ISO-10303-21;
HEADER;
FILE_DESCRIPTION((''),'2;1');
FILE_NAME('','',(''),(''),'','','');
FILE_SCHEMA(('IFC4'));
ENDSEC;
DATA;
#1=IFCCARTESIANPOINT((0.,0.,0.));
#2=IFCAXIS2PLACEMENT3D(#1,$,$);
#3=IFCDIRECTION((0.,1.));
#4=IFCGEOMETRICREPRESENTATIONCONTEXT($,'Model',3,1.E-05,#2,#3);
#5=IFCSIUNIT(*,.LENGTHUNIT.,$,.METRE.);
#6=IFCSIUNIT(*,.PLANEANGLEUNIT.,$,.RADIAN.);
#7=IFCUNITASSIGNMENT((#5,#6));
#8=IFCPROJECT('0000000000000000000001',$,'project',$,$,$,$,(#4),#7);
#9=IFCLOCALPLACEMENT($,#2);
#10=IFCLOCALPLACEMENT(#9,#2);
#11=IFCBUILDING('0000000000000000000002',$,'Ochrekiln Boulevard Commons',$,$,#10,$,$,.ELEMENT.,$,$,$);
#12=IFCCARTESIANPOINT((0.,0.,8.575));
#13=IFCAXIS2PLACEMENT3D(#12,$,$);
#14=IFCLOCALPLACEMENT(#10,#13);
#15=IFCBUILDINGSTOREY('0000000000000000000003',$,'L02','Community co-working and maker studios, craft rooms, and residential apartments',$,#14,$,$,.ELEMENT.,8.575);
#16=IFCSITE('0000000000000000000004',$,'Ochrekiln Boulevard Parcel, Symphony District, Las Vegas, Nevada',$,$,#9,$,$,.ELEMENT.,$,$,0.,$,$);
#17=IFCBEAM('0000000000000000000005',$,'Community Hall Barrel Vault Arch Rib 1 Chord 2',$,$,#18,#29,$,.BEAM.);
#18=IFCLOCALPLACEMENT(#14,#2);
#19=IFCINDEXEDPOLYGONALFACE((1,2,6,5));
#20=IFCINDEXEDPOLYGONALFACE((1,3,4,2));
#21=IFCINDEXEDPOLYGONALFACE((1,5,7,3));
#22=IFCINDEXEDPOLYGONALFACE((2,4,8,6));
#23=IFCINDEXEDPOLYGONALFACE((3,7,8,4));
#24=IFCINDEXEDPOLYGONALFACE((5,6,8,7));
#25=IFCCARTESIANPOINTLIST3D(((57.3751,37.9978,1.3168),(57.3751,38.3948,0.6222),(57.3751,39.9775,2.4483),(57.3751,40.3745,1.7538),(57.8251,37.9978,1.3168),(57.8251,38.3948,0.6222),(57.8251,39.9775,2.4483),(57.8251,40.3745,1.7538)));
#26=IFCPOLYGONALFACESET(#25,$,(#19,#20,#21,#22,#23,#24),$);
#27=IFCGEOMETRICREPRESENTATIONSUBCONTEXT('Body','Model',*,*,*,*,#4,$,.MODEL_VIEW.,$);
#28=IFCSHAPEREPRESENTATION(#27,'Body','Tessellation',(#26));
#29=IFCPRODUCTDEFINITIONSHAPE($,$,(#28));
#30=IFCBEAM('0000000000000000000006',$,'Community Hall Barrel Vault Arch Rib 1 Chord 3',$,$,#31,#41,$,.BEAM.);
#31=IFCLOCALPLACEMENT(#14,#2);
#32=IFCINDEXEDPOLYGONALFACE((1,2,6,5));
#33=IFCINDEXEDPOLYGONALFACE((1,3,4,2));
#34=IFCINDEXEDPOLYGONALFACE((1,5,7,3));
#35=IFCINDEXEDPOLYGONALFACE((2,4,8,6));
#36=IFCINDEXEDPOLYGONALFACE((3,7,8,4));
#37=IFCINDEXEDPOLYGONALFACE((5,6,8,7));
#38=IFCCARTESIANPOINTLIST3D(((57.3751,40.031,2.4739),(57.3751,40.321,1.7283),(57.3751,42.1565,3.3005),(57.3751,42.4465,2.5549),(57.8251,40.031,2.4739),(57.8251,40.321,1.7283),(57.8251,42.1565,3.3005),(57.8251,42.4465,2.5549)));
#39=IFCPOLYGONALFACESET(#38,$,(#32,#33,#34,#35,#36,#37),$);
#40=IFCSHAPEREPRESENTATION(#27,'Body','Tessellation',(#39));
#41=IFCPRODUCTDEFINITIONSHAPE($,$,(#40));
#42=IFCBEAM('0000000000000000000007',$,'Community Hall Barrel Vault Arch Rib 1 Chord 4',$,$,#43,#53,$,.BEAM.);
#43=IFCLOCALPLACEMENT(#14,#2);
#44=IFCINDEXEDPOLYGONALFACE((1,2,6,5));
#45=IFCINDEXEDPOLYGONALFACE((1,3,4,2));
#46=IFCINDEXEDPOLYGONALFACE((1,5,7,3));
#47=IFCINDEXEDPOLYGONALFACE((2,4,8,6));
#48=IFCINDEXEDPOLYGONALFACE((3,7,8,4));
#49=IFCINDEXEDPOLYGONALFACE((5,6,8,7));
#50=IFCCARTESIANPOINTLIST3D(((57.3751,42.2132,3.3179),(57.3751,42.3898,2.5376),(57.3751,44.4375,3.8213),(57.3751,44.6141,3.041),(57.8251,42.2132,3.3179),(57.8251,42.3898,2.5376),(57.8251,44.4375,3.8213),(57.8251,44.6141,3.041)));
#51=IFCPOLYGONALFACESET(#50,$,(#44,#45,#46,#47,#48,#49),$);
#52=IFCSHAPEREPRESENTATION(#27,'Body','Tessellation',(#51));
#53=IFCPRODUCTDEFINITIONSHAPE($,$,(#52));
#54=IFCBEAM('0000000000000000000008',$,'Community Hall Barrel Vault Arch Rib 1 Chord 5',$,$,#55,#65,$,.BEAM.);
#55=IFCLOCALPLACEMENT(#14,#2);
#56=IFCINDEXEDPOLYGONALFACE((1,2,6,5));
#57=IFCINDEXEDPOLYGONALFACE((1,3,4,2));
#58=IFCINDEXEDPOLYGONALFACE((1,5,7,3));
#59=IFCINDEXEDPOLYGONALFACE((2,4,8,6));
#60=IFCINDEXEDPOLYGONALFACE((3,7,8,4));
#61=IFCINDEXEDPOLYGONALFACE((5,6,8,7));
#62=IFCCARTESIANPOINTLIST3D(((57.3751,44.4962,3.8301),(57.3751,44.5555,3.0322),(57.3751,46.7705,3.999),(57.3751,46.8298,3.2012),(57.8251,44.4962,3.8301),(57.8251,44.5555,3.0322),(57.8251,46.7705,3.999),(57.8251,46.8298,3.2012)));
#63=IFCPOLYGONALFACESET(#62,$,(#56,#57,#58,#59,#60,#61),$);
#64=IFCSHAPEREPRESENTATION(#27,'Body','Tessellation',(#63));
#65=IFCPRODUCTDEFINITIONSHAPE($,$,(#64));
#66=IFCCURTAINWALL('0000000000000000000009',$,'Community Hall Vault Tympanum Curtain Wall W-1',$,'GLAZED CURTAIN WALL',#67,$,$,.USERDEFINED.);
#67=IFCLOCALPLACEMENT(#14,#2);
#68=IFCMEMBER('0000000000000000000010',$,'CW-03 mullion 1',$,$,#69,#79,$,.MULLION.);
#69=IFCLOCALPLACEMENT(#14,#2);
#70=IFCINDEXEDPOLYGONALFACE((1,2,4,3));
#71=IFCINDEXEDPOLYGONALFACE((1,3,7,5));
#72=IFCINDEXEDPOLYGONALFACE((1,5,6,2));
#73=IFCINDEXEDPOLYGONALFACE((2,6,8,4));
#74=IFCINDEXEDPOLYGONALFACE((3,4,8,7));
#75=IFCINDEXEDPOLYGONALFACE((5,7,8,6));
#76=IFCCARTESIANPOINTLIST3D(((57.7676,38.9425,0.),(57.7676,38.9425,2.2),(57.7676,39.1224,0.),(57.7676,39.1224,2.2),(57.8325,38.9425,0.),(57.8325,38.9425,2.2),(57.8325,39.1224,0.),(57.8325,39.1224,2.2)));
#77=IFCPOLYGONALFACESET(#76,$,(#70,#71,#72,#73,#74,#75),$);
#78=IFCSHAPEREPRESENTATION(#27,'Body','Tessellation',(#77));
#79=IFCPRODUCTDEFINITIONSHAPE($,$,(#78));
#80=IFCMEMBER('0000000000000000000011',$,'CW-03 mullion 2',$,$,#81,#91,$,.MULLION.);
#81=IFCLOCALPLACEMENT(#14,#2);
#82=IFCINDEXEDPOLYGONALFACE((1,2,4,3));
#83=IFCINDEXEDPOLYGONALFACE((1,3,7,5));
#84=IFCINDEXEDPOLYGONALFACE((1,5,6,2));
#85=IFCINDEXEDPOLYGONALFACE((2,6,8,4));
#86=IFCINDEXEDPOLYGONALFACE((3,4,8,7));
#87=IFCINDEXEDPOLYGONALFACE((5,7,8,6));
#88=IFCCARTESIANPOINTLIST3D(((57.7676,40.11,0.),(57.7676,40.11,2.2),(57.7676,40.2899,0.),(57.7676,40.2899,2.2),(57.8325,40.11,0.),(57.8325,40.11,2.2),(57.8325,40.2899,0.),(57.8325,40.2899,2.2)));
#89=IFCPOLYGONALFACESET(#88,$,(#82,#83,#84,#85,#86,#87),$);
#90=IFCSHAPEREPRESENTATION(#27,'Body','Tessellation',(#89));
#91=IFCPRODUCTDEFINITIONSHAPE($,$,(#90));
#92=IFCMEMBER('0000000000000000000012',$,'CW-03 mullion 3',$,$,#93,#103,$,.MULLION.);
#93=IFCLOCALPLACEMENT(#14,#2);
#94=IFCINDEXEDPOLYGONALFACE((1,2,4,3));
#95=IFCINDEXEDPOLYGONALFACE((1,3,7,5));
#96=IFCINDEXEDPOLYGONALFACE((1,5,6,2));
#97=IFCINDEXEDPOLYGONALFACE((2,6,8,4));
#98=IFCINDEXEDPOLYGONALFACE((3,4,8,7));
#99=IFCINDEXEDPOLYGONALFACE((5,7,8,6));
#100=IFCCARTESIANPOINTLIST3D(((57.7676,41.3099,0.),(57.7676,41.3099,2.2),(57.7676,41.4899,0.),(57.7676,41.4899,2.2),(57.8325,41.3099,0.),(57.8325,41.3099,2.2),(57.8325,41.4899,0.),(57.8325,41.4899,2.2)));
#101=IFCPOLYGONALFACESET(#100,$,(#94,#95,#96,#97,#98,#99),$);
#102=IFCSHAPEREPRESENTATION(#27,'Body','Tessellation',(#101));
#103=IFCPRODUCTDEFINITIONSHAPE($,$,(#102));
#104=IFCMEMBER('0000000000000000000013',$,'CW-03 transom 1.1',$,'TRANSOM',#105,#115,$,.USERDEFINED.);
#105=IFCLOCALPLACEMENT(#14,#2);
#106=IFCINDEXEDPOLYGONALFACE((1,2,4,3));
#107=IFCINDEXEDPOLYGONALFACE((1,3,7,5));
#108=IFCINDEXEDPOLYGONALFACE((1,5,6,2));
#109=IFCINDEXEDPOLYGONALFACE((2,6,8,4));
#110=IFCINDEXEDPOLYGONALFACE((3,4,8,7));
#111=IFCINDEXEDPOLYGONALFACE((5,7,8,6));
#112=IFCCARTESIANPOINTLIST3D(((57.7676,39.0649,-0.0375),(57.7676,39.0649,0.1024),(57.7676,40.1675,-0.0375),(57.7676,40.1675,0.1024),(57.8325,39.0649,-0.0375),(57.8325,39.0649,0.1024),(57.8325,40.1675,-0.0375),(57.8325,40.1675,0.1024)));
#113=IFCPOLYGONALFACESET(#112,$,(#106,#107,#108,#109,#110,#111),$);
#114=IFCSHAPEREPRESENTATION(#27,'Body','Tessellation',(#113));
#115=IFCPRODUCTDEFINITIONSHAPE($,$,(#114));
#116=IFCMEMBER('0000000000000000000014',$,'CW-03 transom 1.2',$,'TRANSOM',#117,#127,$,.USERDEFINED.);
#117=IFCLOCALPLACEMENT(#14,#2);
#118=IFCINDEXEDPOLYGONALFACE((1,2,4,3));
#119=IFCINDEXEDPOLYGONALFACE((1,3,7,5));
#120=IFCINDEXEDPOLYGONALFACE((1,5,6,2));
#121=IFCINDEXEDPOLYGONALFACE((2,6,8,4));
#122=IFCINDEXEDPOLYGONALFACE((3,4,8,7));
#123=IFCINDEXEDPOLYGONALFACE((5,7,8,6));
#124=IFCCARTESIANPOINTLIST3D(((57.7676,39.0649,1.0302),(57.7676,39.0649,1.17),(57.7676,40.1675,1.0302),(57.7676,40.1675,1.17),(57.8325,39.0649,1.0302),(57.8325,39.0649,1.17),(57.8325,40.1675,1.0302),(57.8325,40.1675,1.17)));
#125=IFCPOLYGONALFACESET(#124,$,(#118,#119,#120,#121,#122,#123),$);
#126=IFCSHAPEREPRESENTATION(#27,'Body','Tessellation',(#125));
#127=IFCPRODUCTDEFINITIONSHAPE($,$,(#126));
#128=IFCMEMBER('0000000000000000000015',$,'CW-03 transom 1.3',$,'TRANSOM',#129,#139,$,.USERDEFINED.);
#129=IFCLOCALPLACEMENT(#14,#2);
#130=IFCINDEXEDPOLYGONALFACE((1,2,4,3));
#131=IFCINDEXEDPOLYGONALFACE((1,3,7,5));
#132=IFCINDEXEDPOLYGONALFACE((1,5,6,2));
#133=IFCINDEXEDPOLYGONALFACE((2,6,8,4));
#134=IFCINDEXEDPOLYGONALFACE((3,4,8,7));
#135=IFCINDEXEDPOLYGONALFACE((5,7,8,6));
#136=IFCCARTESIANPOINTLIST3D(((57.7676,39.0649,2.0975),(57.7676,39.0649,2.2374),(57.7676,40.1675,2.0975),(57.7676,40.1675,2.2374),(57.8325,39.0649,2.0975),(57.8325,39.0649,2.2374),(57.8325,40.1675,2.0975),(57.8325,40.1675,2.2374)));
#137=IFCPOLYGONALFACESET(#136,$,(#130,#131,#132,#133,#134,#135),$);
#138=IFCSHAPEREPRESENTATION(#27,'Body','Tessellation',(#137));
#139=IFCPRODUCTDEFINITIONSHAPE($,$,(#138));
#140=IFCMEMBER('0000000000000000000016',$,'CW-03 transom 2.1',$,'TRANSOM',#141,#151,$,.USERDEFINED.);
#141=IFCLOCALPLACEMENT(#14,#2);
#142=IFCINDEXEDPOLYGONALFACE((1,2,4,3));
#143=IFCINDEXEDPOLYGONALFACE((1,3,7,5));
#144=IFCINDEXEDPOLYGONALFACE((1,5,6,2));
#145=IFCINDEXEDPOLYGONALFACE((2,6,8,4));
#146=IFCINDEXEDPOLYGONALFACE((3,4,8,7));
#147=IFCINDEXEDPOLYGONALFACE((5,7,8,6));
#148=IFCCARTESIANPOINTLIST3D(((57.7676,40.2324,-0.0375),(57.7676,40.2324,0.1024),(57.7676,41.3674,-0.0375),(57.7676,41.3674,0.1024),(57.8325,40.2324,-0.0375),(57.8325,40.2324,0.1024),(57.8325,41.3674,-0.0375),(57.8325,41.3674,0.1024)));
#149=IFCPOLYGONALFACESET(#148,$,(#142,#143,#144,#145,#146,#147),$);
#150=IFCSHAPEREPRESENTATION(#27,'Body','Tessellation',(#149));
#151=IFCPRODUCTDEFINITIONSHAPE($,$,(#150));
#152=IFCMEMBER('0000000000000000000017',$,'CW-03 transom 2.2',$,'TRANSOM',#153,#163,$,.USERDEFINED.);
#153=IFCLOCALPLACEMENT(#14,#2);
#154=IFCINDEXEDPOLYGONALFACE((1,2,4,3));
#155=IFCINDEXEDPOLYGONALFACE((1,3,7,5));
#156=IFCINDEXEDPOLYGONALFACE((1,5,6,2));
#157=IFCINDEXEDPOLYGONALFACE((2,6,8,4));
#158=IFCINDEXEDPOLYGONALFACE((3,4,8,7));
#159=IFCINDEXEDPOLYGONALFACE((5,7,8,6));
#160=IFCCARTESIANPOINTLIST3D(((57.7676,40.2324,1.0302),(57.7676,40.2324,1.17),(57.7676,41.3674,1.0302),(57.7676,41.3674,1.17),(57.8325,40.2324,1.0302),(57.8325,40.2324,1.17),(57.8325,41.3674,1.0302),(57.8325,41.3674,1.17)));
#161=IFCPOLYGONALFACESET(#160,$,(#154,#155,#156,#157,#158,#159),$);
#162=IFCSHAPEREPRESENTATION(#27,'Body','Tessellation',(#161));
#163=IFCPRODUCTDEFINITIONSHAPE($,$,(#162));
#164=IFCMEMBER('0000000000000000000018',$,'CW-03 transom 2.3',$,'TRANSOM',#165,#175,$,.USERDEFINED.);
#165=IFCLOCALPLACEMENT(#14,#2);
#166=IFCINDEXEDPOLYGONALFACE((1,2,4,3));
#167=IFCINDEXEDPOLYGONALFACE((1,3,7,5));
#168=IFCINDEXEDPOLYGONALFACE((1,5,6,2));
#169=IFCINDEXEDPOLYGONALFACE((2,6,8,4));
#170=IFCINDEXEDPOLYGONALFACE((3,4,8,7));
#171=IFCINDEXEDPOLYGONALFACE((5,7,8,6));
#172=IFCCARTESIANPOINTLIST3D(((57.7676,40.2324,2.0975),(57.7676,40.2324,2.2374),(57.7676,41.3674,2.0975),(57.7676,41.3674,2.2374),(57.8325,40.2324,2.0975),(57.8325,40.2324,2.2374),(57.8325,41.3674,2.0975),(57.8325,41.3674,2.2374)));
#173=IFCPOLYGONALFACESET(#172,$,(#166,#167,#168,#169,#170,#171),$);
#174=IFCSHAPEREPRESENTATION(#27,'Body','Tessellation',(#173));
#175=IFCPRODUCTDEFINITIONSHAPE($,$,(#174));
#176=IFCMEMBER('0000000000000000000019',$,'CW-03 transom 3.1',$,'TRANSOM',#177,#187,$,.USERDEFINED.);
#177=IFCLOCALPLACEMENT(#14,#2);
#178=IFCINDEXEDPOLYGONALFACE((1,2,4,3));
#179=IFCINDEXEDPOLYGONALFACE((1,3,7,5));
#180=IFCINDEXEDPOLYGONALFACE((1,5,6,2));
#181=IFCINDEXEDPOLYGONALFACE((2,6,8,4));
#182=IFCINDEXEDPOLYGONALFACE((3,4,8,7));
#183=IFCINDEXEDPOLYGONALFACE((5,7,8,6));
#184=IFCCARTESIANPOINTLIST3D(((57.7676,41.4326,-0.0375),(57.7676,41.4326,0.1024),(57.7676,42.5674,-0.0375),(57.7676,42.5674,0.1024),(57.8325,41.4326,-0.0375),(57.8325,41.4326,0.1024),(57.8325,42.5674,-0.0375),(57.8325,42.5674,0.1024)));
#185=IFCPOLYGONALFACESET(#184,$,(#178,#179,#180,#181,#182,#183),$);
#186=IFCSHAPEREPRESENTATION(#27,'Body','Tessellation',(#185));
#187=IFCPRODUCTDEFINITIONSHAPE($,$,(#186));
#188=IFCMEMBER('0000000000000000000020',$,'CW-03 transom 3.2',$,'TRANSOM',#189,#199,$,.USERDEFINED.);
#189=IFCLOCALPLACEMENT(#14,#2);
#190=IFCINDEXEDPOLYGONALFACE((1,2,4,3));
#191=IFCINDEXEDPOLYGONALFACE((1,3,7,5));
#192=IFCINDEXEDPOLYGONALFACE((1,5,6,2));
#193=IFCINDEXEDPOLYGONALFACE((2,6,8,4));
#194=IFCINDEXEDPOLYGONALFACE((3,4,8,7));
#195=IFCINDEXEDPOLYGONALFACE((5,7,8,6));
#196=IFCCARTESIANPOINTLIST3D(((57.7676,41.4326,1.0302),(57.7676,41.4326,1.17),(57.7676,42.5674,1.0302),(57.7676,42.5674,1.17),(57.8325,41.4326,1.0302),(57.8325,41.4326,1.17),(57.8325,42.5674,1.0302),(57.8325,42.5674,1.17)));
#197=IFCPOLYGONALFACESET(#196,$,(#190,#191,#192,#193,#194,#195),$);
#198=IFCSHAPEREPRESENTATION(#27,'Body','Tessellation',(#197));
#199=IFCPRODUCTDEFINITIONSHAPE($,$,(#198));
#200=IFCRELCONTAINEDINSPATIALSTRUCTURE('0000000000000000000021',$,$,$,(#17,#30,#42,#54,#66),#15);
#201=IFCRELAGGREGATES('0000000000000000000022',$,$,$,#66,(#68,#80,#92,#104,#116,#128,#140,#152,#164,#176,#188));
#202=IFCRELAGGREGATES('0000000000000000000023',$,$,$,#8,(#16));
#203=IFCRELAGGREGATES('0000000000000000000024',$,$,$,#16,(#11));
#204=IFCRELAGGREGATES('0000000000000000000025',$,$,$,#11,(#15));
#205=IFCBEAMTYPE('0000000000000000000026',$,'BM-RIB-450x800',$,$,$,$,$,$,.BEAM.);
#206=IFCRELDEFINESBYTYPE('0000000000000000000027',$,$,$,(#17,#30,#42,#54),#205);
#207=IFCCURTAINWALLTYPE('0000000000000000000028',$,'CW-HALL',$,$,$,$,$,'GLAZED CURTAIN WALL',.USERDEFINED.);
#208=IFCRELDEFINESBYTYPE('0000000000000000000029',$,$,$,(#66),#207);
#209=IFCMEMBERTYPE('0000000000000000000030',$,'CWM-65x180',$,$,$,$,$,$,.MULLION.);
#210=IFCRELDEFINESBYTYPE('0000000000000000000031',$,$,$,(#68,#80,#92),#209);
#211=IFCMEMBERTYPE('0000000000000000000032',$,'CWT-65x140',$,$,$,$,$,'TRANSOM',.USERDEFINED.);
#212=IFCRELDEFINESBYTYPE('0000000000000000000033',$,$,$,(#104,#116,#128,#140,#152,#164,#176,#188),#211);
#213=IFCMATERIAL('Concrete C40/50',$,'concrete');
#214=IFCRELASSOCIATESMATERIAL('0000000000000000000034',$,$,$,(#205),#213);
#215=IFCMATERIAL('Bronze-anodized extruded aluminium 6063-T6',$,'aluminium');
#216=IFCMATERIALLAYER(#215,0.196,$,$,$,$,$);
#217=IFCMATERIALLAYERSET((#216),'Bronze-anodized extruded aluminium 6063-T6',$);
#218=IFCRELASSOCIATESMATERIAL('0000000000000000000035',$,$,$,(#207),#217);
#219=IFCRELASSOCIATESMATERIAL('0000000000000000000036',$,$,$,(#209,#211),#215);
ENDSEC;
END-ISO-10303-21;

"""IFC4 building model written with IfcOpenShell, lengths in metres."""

from ifc_helpers import new_model, si_unit, direction, frame, origin, origin_2d, place, context, subcontext, project, spatial, rectangle, extrude, material, layer, layer_set, material_profile, profile_set, type_object, element, aggregate, save


model = new_model("IFC4")

# Units and contexts
model_context = context("Model", 3, precision=1e-05, world=origin(), true_north=direction((0.0, 1.0)))
body_context = subcontext(model_context, "Body", "Model", "MODEL_VIEW")
ifc_project = project(units=[si_unit("LENGTHUNIT", "METRE"), si_unit("PLANEANGLEUNIT", "RADIAN")], contexts=[model_context])

# Site, building, storey
site_placement = place(None, origin())
site = spatial("IfcSite", under=ifc_project, at=site_placement, Name="Ochrekiln Boulevard Parcel, Symphony District, Las Vegas, Nevada", CompositionType="ELEMENT", RefElevation=0.0)
building_placement = place(site_placement, origin())
building = spatial("IfcBuilding", under=site, at=building_placement, Name="Ochrekiln Boulevard Commons", CompositionType="ELEMENT")
storey_placement = place(building_placement, frame((0.0, 0.0, 8.575)))
storey = spatial("IfcBuildingStorey", under=building, at=storey_placement, Name="L02", Description="Community co-working and maker studios, craft rooms, and residential apartments", CompositionType="ELEMENT", Elevation=8.575)

# Beams
ifc_material_1 = material(Name="Concrete C40/50", Category="concrete")
ifc_material_profile_1 = material_profile(ifc_material_1, rectangle(XDim=0.45, YDim=0.8, at=origin_2d()), Name="RC-RIB-450x800")
ifc_profile_set_1 = profile_set([ifc_material_profile_1], Name="Concrete C40/50")
beam_type = type_object("IfcBeamType", Name="BM-RIB-450x800", PredefinedType="BEAM", material=ifc_profile_set_1)
beam_placement = place(storey_placement, frame((57.6001, 38.1963, 0.9695), z_axis=(0.0, 0.868184, 0.496243), x_axis=(-1.0, 0.0, 0.0)))
element("IfcBeam", 1, at=beam_placement, inside=storey, type_object=beam_type, Name="Community Hall Barrel Vault Arch Rib 1 Chord 2", PredefinedType="BEAM", context=body_context, shape_type="SweptSolid", body=[
    extrude(rectangle(XDim=0.45, YDim=0.8, at=origin_2d()), origin(), (0.0, 0.0, 1.0), 2.2803),
])
for number, where, z_axis, x_axis, name in (
    (2, (57.6001, 40.176, 2.1011), (0.0, 0.931993, 0.362477), (-1.0, 0.0, 0.0), "Community Hall Barrel Vault Arch Rib 1 Chord 3"),
    (3, (57.6001, 42.3015, 2.9277), (0.0, 0.975333, 0.220737), (-1.0, 0.0, 0.0), "Community Hall Barrel Vault Arch Rib 1 Chord 4"),
    (4, (57.6001, 44.5259, 3.4312), (0.0, 0.997252, 0.074085), (-1.0, 0.0, 0.0), "Community Hall Barrel Vault Arch Rib 1 Chord 5"),
):
    element("IfcBeam", number, at=place(storey_placement, frame(where, z_axis=z_axis, x_axis=x_axis)), inside=storey, type_object=beam_type, Name=name, PredefinedType="BEAM", context=body_context, shape_type="SweptSolid", body=[
        extrude(rectangle(XDim=0.45, YDim=0.8, at=origin_2d()), origin(), (0.0, 0.0, 1.0), 2.2805),
    ])

# Curtain wall, members
ifc_material_2 = material(Name="Bronze-anodized extruded aluminium 6063-T6", Category="aluminium")
ifc_layer_1 = layer(ifc_material_2, 0.196)
ifc_layer_set_1 = layer_set([ifc_layer_1], Name="Bronze-anodized extruded aluminium 6063-T6")
curtain_wall_type = type_object("IfcCurtainWallType", Name="CW-HALL", ElementType="GLAZED CURTAIN WALL", PredefinedType="USERDEFINED", material=ifc_layer_set_1)
curtain_wall_placement = place(storey_placement, origin())
curtain_wall = element("IfcCurtainWall", 5, at=curtain_wall_placement, inside=storey, type_object=curtain_wall_type, Name="Community Hall Vault Tympanum Curtain Wall W-1", ObjectType="GLAZED CURTAIN WALL", PredefinedType="USERDEFINED")
ifc_material_profile_2 = material_profile(ifc_material_2, rectangle(XDim=0.0649, YDim=0.1799, at=origin_2d()), Name="ALU-MUL-65x180")
ifc_profile_set_2 = profile_set([ifc_material_profile_2], Name="Bronze-anodized extruded aluminium 6063-T6")
member_type_1 = type_object("IfcMemberType", Name="CWM-65x180", PredefinedType="MULLION", material=ifc_profile_set_2)
member_1_placement = place(storey_placement, frame((57.8, 39.0325, 0.0), z_axis=(0.0, 0.0, 1.0), x_axis=(-1.0, 0.0, 0.0)))
member_1 = element("IfcMember", 6, at=member_1_placement, type_object=member_type_1, Name="CW-03 mullion 1", PredefinedType="MULLION", context=body_context, shape_type="SweptSolid", body=[
    extrude(rectangle(XDim=0.0649, YDim=0.1799, at=origin_2d()), origin(), (0.0, 0.0, 1.0), 2.2),
])
member_2_placement = place(storey_placement, frame((57.8, 40.2, 0.0), z_axis=(0.0, 0.0, 1.0), x_axis=(-1.0, 0.0, 0.0)))
member_2 = element("IfcMember", 7, at=member_2_placement, type_object=member_type_1, Name="CW-03 mullion 2", PredefinedType="MULLION", context=body_context, shape_type="SweptSolid", body=[
    extrude(rectangle(XDim=0.0649, YDim=0.1799, at=origin_2d()), origin(), (0.0, 0.0, 1.0), 2.2),
])
member_3_placement = place(storey_placement, frame((57.8, 41.3999, 0.0), z_axis=(0.0, 0.0, 1.0), x_axis=(-1.0, 0.0, 0.0)))
member_3 = element("IfcMember", 8, at=member_3_placement, type_object=member_type_1, Name="CW-03 mullion 3", PredefinedType="MULLION", context=body_context, shape_type="SweptSolid", body=[
    extrude(rectangle(XDim=0.0649, YDim=0.1799, at=origin_2d()), origin(), (0.0, 0.0, 1.0), 2.2),
])
ifc_material_profile_3 = material_profile(ifc_material_2, rectangle(XDim=0.0649, YDim=0.1399, at=origin_2d()), Name="ALU-TRN-65x140")
ifc_profile_set_3 = profile_set([ifc_material_profile_3], Name="Bronze-anodized extruded aluminium 6063-T6")
member_type_2 = type_object("IfcMemberType", Name="CWT-65x140", ElementType="TRANSOM", PredefinedType="USERDEFINED", material=ifc_profile_set_3)
member_4_placement = place(storey_placement, frame((57.8, 39.0649, 0.0325), z_axis=(0.0, 1.0, 0.0), x_axis=(-1.0, 0.0, 0.0)))
member_4 = element("IfcMember", 9, at=member_4_placement, type_object=member_type_2, Name="CW-03 transom 1.1", ObjectType="TRANSOM", PredefinedType="USERDEFINED", context=body_context, shape_type="SweptSolid", body=[
    extrude(rectangle(XDim=0.0649, YDim=0.1399, at=origin_2d()), origin(), (0.0, 0.0, 1.0), 1.1025),
])
member_5_placement = place(storey_placement, frame((57.8, 39.0649, 1.1001), z_axis=(0.0, 1.0, 0.0), x_axis=(-1.0, 0.0, 0.0)))
member_5 = element("IfcMember", 10, at=member_5_placement, type_object=member_type_2, Name="CW-03 transom 1.2", ObjectType="TRANSOM", PredefinedType="USERDEFINED", context=body_context, shape_type="SweptSolid", body=[
    extrude(rectangle(XDim=0.0649, YDim=0.1399, at=origin_2d()), origin(), (0.0, 0.0, 1.0), 1.1025),
])
member_6_placement = place(storey_placement, frame((57.8, 39.0649, 2.1675), z_axis=(0.0, 1.0, 0.0), x_axis=(-1.0, 0.0, 0.0)))
member_6 = element("IfcMember", 11, at=member_6_placement, type_object=member_type_2, Name="CW-03 transom 1.3", ObjectType="TRANSOM", PredefinedType="USERDEFINED", context=body_context, shape_type="SweptSolid", body=[
    extrude(rectangle(XDim=0.0649, YDim=0.1399, at=origin_2d()), origin(), (0.0, 0.0, 1.0), 1.1025),
])
member_7_placement = place(storey_placement, frame((57.8, 40.2324, 0.0325), z_axis=(0.0, 1.0, 0.0), x_axis=(-1.0, 0.0, 0.0)))
member_7 = element("IfcMember", 12, at=member_7_placement, type_object=member_type_2, Name="CW-03 transom 2.1", ObjectType="TRANSOM", PredefinedType="USERDEFINED", context=body_context, shape_type="SweptSolid", body=[
    extrude(rectangle(XDim=0.0649, YDim=0.1399, at=origin_2d()), origin(), (0.0, 0.0, 1.0), 1.135),
])
member_8_placement = place(storey_placement, frame((57.8, 40.2324, 1.1001), z_axis=(0.0, 1.0, 0.0), x_axis=(-1.0, 0.0, 0.0)))
member_8 = element("IfcMember", 13, at=member_8_placement, type_object=member_type_2, Name="CW-03 transom 2.2", ObjectType="TRANSOM", PredefinedType="USERDEFINED", context=body_context, shape_type="SweptSolid", body=[
    extrude(rectangle(XDim=0.0649, YDim=0.1399, at=origin_2d()), origin(), (0.0, 0.0, 1.0), 1.135),
])
member_9_placement = place(storey_placement, frame((57.8, 40.2324, 2.1675), z_axis=(0.0, 1.0, 0.0), x_axis=(-1.0, 0.0, 0.0)))
member_9 = element("IfcMember", 14, at=member_9_placement, type_object=member_type_2, Name="CW-03 transom 2.3", ObjectType="TRANSOM", PredefinedType="USERDEFINED", context=body_context, shape_type="SweptSolid", body=[
    extrude(rectangle(XDim=0.0649, YDim=0.1399, at=origin_2d()), origin(), (0.0, 0.0, 1.0), 1.135),
])
member_10_placement = place(storey_placement, frame((57.8, 41.4326, 0.0325), z_axis=(0.0, 1.0, 0.0), x_axis=(-1.0, 0.0, 0.0)))
member_10 = element("IfcMember", 15, at=member_10_placement, type_object=member_type_2, Name="CW-03 transom 3.1", ObjectType="TRANSOM", PredefinedType="USERDEFINED", context=body_context, shape_type="SweptSolid", body=[
    extrude(rectangle(XDim=0.0649, YDim=0.1399, at=origin_2d()), origin(), (0.0, 0.0, 1.0), 1.1348),
])
member_11_placement = place(storey_placement, frame((57.8, 41.4326, 1.1001), z_axis=(0.0, 1.0, 0.0), x_axis=(-1.0, 0.0, 0.0)))
member_11 = element("IfcMember", 16, at=member_11_placement, type_object=member_type_2, Name="CW-03 transom 3.2", ObjectType="TRANSOM", PredefinedType="USERDEFINED", context=body_context, shape_type="SweptSolid", body=[
    extrude(rectangle(XDim=0.0649, YDim=0.1399, at=origin_2d()), origin(), (0.0, 0.0, 1.0), 1.1348),
])
aggregate(curtain_wall, [member_1, member_2, member_3, member_4, member_5, member_6, member_7, member_8, member_9, member_10, member_11])

save(model, "model.ifc")
